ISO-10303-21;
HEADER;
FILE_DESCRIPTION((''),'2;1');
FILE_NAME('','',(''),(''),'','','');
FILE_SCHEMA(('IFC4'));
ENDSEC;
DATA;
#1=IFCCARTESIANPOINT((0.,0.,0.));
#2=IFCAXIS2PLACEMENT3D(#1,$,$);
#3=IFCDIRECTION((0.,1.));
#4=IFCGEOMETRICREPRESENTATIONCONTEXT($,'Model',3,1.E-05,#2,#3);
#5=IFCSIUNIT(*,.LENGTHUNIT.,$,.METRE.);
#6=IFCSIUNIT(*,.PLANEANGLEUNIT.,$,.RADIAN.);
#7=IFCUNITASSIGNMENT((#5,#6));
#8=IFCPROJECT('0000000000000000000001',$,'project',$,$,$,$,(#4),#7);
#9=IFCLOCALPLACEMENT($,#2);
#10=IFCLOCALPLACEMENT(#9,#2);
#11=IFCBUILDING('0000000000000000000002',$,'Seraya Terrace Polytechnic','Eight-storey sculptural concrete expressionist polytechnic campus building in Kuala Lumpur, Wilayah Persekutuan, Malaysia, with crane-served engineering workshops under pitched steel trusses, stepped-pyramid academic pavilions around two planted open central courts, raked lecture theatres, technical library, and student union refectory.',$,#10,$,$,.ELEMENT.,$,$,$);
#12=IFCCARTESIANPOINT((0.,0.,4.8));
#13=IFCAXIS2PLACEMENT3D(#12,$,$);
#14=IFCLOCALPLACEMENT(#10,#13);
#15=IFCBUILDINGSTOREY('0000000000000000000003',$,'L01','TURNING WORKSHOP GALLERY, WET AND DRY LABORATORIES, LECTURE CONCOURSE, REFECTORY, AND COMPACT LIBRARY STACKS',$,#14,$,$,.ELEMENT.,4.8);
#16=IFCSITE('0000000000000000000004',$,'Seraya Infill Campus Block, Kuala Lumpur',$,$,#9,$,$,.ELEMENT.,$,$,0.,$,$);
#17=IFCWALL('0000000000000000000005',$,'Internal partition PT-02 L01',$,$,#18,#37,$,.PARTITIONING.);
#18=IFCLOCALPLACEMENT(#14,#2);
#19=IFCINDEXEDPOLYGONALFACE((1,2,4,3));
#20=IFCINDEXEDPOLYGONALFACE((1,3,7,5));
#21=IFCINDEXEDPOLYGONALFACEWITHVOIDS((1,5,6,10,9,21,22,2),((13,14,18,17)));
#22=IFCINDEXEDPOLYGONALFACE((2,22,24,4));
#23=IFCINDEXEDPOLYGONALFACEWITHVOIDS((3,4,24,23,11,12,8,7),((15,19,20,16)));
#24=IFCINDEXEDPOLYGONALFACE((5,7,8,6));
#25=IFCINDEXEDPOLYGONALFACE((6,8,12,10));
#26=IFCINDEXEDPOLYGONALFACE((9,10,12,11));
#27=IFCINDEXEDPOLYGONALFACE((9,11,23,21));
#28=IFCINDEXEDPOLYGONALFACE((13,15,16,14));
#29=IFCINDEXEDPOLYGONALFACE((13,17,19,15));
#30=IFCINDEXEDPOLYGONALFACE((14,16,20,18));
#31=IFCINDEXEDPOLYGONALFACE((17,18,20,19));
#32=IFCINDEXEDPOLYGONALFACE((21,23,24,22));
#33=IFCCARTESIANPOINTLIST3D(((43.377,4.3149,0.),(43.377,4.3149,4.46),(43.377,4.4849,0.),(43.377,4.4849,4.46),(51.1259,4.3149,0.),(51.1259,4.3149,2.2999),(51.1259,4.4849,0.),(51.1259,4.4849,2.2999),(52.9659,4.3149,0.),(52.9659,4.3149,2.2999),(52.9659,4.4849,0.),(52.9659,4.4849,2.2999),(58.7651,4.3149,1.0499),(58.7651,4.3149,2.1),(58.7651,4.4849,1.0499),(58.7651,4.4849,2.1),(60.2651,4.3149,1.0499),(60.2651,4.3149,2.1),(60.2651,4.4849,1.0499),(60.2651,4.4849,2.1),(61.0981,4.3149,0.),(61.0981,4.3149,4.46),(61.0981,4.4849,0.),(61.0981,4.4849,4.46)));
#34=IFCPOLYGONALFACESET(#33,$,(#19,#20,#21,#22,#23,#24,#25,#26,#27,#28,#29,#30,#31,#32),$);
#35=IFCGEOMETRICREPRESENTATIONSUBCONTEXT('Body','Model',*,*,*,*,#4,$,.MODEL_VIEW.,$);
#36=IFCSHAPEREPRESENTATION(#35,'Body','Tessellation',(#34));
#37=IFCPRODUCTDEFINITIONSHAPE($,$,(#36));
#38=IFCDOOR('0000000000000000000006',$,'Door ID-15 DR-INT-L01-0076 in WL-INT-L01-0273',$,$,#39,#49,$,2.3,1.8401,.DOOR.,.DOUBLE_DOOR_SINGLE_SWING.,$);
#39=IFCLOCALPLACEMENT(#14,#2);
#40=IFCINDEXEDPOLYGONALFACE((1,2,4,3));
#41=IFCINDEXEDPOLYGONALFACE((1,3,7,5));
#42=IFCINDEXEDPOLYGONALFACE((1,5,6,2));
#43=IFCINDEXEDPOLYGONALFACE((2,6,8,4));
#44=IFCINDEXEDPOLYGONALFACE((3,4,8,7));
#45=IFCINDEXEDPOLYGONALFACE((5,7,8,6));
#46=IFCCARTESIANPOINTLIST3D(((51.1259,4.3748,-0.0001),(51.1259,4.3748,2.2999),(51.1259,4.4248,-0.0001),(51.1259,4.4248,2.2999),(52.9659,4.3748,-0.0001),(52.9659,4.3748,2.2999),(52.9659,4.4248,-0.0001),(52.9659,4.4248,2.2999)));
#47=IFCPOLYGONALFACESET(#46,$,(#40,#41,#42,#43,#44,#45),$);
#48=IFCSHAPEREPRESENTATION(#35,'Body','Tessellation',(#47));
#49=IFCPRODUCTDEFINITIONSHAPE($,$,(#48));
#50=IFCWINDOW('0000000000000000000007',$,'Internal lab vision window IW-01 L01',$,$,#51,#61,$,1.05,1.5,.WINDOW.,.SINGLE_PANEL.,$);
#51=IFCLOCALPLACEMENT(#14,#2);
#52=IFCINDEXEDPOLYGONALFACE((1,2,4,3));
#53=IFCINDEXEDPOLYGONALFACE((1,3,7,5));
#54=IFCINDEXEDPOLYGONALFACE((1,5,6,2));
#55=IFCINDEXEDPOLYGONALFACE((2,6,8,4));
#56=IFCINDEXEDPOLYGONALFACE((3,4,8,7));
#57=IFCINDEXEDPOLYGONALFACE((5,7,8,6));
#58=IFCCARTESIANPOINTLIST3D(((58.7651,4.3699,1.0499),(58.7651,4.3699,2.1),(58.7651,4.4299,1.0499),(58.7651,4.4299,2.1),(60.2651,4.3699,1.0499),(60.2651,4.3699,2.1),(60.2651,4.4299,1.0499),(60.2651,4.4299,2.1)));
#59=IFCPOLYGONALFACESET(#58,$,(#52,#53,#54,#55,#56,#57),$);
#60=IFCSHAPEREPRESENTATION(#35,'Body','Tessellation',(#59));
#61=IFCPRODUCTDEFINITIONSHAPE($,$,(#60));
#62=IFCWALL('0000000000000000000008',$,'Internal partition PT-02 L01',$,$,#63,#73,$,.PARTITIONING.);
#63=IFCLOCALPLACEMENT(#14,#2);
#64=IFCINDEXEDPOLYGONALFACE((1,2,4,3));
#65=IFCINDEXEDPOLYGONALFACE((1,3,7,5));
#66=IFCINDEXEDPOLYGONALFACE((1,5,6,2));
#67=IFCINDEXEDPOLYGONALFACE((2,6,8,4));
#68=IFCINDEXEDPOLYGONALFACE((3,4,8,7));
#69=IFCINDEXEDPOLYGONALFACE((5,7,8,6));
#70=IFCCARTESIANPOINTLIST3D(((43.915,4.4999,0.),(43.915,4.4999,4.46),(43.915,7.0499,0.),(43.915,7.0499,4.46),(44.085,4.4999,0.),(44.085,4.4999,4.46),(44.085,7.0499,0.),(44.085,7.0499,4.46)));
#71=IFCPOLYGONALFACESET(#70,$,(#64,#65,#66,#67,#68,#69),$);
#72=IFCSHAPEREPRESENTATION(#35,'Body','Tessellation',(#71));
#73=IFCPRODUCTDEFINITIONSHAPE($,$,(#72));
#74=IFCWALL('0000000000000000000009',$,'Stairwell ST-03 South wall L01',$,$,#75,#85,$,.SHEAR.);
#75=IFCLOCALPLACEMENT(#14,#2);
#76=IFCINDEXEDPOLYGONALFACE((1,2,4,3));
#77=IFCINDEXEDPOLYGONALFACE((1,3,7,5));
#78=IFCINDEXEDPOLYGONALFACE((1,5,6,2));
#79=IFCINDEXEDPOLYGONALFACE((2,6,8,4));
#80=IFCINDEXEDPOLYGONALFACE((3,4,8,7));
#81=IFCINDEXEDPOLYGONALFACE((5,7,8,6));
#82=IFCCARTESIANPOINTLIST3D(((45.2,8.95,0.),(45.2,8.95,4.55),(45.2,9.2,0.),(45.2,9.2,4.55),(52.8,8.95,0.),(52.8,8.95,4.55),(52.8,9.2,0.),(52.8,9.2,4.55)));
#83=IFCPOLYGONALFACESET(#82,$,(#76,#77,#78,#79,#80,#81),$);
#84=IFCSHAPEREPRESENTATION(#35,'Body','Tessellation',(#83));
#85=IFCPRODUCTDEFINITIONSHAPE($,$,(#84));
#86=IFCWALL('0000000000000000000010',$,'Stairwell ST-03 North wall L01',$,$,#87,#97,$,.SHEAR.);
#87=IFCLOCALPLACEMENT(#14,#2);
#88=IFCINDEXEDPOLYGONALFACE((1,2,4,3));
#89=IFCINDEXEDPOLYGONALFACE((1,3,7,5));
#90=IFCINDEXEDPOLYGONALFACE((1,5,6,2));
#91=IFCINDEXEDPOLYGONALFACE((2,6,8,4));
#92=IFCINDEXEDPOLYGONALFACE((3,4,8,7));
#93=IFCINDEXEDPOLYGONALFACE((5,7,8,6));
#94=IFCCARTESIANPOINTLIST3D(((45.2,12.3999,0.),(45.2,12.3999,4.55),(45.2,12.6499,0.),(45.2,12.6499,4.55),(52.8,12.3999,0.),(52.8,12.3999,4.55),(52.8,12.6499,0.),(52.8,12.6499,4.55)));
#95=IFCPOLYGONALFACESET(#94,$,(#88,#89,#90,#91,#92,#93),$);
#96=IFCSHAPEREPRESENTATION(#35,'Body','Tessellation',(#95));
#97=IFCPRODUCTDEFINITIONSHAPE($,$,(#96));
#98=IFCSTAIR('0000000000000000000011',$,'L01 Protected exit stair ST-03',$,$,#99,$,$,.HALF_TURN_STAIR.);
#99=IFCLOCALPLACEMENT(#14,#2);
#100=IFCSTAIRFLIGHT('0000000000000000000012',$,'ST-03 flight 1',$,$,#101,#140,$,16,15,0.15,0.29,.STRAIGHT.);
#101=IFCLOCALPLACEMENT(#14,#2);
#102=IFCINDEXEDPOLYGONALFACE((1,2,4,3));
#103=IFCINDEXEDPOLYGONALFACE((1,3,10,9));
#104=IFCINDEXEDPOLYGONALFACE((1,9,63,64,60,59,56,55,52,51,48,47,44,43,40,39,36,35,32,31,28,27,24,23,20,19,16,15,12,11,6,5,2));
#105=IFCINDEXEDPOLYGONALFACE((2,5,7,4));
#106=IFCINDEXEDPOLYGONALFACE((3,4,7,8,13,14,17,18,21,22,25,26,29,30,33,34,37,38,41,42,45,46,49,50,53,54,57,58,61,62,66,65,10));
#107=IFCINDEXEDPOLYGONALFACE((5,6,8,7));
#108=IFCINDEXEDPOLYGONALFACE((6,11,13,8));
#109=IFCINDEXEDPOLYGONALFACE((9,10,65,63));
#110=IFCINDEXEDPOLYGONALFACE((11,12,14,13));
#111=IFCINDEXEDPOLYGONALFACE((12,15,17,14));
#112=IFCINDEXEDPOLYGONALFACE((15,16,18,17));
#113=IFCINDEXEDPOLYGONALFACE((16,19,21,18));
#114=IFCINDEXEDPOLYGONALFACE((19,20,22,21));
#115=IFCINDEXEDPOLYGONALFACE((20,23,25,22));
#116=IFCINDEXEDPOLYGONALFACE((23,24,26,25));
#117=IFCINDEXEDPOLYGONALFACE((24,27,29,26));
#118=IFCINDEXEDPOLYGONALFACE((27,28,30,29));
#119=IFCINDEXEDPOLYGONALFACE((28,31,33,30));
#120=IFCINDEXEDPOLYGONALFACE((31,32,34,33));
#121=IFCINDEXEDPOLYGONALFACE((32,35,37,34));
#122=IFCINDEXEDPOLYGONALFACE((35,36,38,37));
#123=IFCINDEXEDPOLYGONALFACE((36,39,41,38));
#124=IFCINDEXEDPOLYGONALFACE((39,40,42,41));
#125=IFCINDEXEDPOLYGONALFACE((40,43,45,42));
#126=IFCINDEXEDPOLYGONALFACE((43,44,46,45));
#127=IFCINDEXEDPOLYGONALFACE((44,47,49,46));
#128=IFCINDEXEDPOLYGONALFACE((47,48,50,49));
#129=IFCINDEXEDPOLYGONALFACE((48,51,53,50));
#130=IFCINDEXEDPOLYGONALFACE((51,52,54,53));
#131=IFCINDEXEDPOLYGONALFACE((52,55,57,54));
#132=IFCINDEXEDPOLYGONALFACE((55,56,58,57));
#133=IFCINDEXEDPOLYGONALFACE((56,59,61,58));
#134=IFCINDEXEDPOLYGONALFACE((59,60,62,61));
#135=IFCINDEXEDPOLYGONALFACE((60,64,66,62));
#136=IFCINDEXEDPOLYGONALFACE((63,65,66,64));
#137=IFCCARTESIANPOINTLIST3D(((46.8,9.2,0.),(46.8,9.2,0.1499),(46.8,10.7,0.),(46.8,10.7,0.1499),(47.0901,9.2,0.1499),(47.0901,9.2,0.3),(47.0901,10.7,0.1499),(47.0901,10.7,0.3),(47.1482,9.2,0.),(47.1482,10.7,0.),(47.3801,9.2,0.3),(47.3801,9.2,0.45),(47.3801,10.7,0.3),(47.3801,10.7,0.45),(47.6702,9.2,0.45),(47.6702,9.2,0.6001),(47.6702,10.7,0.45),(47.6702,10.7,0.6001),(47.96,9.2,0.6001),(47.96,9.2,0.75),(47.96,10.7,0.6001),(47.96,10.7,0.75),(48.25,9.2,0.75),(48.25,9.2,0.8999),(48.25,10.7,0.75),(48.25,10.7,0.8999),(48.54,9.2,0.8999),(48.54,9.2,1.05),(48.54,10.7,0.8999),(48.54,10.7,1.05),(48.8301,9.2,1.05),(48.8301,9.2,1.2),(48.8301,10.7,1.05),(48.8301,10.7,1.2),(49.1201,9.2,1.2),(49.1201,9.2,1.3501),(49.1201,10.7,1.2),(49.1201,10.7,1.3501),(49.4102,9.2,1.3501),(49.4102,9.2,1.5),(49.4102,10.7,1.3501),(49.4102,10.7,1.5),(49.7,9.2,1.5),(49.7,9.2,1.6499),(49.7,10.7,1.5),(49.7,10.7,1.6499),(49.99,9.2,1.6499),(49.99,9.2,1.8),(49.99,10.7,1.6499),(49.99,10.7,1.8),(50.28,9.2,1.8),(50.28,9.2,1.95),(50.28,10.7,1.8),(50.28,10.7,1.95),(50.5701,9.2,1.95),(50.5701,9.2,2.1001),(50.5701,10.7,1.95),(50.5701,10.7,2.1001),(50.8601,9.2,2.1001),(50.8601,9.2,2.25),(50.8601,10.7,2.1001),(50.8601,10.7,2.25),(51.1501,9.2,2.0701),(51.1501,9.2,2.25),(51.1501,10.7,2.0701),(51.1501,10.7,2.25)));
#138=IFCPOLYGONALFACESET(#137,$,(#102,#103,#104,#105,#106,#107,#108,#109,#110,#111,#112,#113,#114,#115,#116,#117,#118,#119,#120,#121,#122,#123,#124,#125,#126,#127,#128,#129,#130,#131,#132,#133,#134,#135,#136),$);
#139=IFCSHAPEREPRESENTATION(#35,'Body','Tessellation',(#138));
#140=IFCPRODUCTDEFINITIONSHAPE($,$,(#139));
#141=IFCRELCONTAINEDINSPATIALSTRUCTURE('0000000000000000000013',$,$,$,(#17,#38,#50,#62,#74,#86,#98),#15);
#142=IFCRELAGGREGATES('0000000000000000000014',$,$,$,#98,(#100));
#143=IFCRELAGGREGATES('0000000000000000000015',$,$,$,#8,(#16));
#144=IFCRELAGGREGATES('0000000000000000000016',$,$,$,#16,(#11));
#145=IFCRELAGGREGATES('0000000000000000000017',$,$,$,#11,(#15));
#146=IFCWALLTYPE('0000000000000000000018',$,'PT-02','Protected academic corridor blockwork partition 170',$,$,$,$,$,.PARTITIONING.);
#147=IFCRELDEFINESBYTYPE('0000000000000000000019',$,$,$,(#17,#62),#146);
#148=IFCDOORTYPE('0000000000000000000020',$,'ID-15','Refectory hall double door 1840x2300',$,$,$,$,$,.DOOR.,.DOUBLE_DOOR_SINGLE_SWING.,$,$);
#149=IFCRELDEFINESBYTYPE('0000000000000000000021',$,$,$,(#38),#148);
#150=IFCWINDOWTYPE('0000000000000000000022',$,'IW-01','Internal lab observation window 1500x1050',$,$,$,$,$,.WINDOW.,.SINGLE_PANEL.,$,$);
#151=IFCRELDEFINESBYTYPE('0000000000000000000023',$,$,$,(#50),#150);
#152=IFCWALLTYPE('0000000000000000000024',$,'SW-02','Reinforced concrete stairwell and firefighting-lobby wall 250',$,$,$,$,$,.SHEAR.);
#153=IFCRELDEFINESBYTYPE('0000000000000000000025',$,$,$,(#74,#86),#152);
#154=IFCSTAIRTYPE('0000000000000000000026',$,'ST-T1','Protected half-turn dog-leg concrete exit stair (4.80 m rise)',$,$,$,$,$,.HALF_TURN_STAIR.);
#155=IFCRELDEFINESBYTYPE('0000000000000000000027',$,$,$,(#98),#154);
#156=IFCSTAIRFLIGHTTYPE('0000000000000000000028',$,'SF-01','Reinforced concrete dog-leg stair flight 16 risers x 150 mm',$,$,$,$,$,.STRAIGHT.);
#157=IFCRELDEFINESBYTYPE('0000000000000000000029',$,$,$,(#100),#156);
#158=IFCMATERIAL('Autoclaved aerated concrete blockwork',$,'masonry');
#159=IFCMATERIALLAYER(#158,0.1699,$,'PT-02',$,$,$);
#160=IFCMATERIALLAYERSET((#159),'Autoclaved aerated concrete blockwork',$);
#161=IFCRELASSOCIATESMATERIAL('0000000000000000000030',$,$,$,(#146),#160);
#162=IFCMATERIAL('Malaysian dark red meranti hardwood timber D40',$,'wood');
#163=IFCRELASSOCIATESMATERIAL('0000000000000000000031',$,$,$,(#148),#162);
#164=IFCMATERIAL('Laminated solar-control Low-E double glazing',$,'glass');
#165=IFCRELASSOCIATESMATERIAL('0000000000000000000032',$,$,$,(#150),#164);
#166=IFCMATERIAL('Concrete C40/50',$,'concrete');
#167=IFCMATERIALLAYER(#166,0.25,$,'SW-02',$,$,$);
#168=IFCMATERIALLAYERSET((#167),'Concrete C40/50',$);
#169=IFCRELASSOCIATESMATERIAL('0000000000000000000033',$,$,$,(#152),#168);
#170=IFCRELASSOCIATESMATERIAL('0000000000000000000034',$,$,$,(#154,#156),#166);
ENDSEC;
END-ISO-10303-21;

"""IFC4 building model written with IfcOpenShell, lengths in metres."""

from ifc_helpers import new_model, si_unit, direction, frame, frame_2d, origin, place, context, subcontext, project, spatial, polyline, rectangle, outline, extrude, material, layer, layer_set, type_object, element, fill, aggregate, save


model = new_model("IFC4")

# Units and contexts
model_context = context("Model", 3, precision=1e-05, world=origin(), true_north=direction((0.0, 1.0)))
body_context = subcontext(model_context, "Body", "Model", "MODEL_VIEW")
ifc_project = project(units=[si_unit("LENGTHUNIT", "METRE"), si_unit("PLANEANGLEUNIT", "RADIAN")], contexts=[model_context])

# Site, building, storey
site_placement = place(None, origin())
site = spatial("IfcSite", under=ifc_project, at=site_placement, Name="Seraya Infill Campus Block, Kuala Lumpur", CompositionType="ELEMENT", RefElevation=0.0)
building_placement = place(site_placement, origin())
building = spatial("IfcBuilding", under=site, at=building_placement, Name="Seraya Terrace Polytechnic", Description="Eight-storey sculptural concrete expressionist polytechnic campus building in Kuala Lumpur, Wilayah Persekutuan, Malaysia, with crane-served engineering workshops under pitched steel trusses, stepped-pyramid academic pavilions around two planted open central courts, raked lecture theatres, technical library, and student union refectory.", CompositionType="ELEMENT")
storey_placement = place(building_placement, frame((0.0, 0.0, 4.8)))
storey = spatial("IfcBuildingStorey", under=building, at=storey_placement, Name="L01", Description="TURNING WORKSHOP GALLERY, WET AND DRY LABORATORIES, LECTURE CONCOURSE, REFECTORY, AND COMPACT LIBRARY STACKS", CompositionType="ELEMENT", Elevation=4.8)

# Shared definitions
ifc_material_1 = material(Name="Concrete C40/50", Category="concrete")

# Shared definitions
ifc_material_2 = material(Name="Laminated solar-control Low-E double glazing", Category="glass")

# Shared definitions
ifc_material_3 = material(Name="Autoclaved aerated concrete blockwork", Category="masonry")
ifc_layer_1 = layer(ifc_material_3, 0.1699, Name="PT-02")
ifc_layer_set_1 = layer_set([ifc_layer_1], Name="Autoclaved aerated concrete blockwork")
wall_type_1 = type_object("IfcWallType", Name="PT-02", Description="Protected academic corridor blockwork partition 170", PredefinedType="PARTITIONING", material=ifc_layer_set_1)

# Wall, openings, door, window
wall_1_placement = place(storey_placement, frame((43.377, 4.3999, 0.0), z_axis=(0.0, 0.0, 1.0), x_axis=(1.0, 0.0, 0.0)))
wall_1 = element("IfcWall", 1, at=wall_1_placement, inside=storey, type_object=wall_type_1, Name="Internal partition PT-02 L01", PredefinedType="PARTITIONING", context=body_context, shape_type="SweptSolid", body=[
    extrude(rectangle(XDim=17.7212, YDim=0.1699, at=frame_2d((8.8606, 0.0))), origin(), (0.0, 0.0, 1.0), 4.46),
])
opening_1_placement = place(wall_1_placement, frame((7.749, 0.0, 0.0)))
opening_1 = element("IfcOpeningElement", 2, at=opening_1_placement, cuts=wall_1, PredefinedType="OPENING", context=body_context, shape_type="SweptSolid", body=[
    extrude(rectangle(XDim=1.8401, YDim=2.3, at=frame_2d((0.9199, 1.1499))), frame((0.0, 0.0969, 0.0), z_axis=(0.0, -1.0, 0.0), x_axis=(1.0, 0.0, 0.0)), (0.0, 0.0, 1.0), 0.1938),
])
opening_2_placement = place(wall_1_placement, frame((15.3882, 0.0, 1.05)))
opening_2 = element("IfcOpeningElement", 3, at=opening_2_placement, cuts=wall_1, PredefinedType="OPENING", context=body_context, shape_type="SweptSolid", body=[
    extrude(rectangle(XDim=1.5, YDim=1.05, at=frame_2d((0.75, 0.5249))), frame((0.0, 0.0969, 0.0), z_axis=(0.0, -1.0, 0.0), x_axis=(1.0, 0.0, 0.0)), (0.0, 0.0, 1.0), 0.1938),
])
ifc_material_4 = material(Name="Malaysian dark red meranti hardwood timber D40", Category="wood")
door_type_1 = type_object("IfcDoorType", Name="ID-15", Description="Refectory hall double door 1840x2300", OperationType="DOUBLE_DOOR_SINGLE_SWING", PredefinedType="DOOR", material=ifc_material_4)
door_1_placement = place(opening_1_placement, origin())
door_1 = element("IfcDoor", 4, at=door_1_placement, inside=storey, type_object=door_type_1, Name="Door ID-15 DR-INT-L01-0076 in WL-INT-L01-0273", OperationType="DOUBLE_DOOR_SINGLE_SWING", OverallHeight=2.3, OverallWidth=1.8401, PredefinedType="DOOR", context=body_context, shape_type="SweptSolid", body=[
    extrude(rectangle(XDim=1.8401, YDim=2.3, at=frame_2d((0.9199, 1.1499))), frame((0.0, 0.0249, 0.0), z_axis=(0.0, -1.0, 0.0), x_axis=(1.0, 0.0, 0.0)), (0.0, 0.0, 1.0), 0.05),
])
fill(opening_1, door_1)
window_type_1 = type_object("IfcWindowType", Name="IW-01", Description="Internal lab observation window 1500x1050", PartitioningType="SINGLE_PANEL", PredefinedType="WINDOW", material=ifc_material_2)
window_1_placement = place(opening_2_placement, origin())
window_1 = element("IfcWindow", 5, at=window_1_placement, inside=storey, type_object=window_type_1, Name="Internal lab vision window IW-01 L01", OverallHeight=1.05, OverallWidth=1.5, PartitioningType="SINGLE_PANEL", PredefinedType="WINDOW", context=body_context, shape_type="SweptSolid", body=[
    extrude(rectangle(XDim=1.5, YDim=1.05, at=frame_2d((0.75, 0.5249))), frame((0.0, 0.03, 0.0), z_axis=(0.0, -1.0, 0.0), x_axis=(1.0, 0.0, 0.0)), (0.0, 0.0, 1.0), 0.0601),
])
fill(opening_2, window_1)

# Wall
wall_2_placement = place(storey_placement, frame((44.0, 4.5, 0.0), z_axis=(0.0, 0.0, 1.0), x_axis=(0.0, 1.0, 0.0)))
element("IfcWall", 6, at=wall_2_placement, inside=storey, type_object=wall_type_1, Name="Internal partition PT-02 L01", PredefinedType="PARTITIONING", context=body_context, shape_type="SweptSolid", body=[
    extrude(rectangle(XDim=2.55, YDim=0.1699, at=frame_2d((1.2749, 0.0))), origin(), (0.0, 0.0, 1.0), 4.46),
])

# Shared definitions
ifc_layer_2 = layer(ifc_material_1, 0.25, Name="SW-02")
ifc_layer_set_2 = layer_set([ifc_layer_2], Name="Concrete C40/50")
wall_type_2 = type_object("IfcWallType", Name="SW-02", Description="Reinforced concrete stairwell and firefighting-lobby wall 250", PredefinedType="SHEAR", material=ifc_layer_set_2)

# Walls
for number, where, z_axis, x_axis, name in (
    (7, (45.2, 9.075, 0.0), (0.0, 0.0, 1.0), (1.0, 0.0, 0.0), "Stairwell ST-03 South wall L01"),
    (8, (45.2, 12.5249, 0.0), (0.0, 0.0, 1.0), (1.0, 0.0, 0.0), "Stairwell ST-03 North wall L01"),
):
    element("IfcWall", number, at=place(storey_placement, frame(where, z_axis=z_axis, x_axis=x_axis)), inside=storey, type_object=wall_type_2, Name=name, PredefinedType="SHEAR", context=body_context, shape_type="SweptSolid", body=[
        extrude(rectangle(XDim=7.6001, YDim=0.25, at=frame_2d((3.8, 0.0))), origin(), (0.0, 0.0, 1.0), 4.55),
    ])

# Stair, stair flight
stair_type = type_object("IfcStairType", Name="ST-T1", Description="Protected half-turn dog-leg concrete exit stair (4.80 m rise)", PredefinedType="HALF_TURN_STAIR", material=ifc_material_1)
stair_placement = place(storey_placement, origin())
stair = element("IfcStair", 9, at=stair_placement, inside=storey, type_object=stair_type, Name="L01 Protected exit stair ST-03", PredefinedType="HALF_TURN_STAIR")
stair_flight_type = type_object("IfcStairFlightType", Name="SF-01", Description="Reinforced concrete dog-leg stair flight 16 risers x 150 mm", PredefinedType="STRAIGHT", material=ifc_material_1)
stair_flight_placement = place(storey_placement, frame((46.8, 9.95, 0.0), z_axis=(0.0, 0.0, 1.0), x_axis=(1.0, 0.0, 0.0)))
stair_flight = element("IfcStairFlight", 10, at=stair_flight_placement, type_object=stair_flight_type, Name="ST-03 flight 1", NumberOfRisers=16, NumberOfTreads=15, PredefinedType="STRAIGHT", RiserHeight=0.15, TreadLength=0.29, context=body_context, shape_type="SweptSolid", body=[
    extrude(outline(polyline([(0.0, 0.0), (0.0, 0.1499), (0.29, 0.1499), (0.29, 0.3), (0.5801, 0.3), (0.5801, 0.45), (0.8701, 0.45), (0.8701, 0.6001), (1.1599, 0.6001), (1.1599, 0.75), (1.45, 0.75), (1.45, 0.8999), (1.74, 0.8999), (1.74, 1.05), (2.03, 1.05), (2.03, 1.2), (2.3201, 1.2), (2.3201, 1.3501), (2.6101, 1.3501), (2.6101, 1.5), (2.8999, 1.5), (2.8999, 1.6499), (3.1899, 1.6499), (3.1899, 1.8), (3.48, 1.8), (3.48, 1.95), (3.77, 1.95), (3.77, 2.1001), (4.0601, 2.1001), (4.0601, 2.25), (4.3501, 2.25), (4.3501, 2.3999), (4.3501, 2.0701), (0.3481, 0.0), (0.0, 0.0)])), frame((0.0, 0.75, 0.0), z_axis=(0.0, -1.0, 0.0), x_axis=(1.0, 0.0, 0.0)), (0.0, 0.0, 1.0), 1.5),
])
aggregate(stair, [stair_flight])

save(model, "model.ifc")
